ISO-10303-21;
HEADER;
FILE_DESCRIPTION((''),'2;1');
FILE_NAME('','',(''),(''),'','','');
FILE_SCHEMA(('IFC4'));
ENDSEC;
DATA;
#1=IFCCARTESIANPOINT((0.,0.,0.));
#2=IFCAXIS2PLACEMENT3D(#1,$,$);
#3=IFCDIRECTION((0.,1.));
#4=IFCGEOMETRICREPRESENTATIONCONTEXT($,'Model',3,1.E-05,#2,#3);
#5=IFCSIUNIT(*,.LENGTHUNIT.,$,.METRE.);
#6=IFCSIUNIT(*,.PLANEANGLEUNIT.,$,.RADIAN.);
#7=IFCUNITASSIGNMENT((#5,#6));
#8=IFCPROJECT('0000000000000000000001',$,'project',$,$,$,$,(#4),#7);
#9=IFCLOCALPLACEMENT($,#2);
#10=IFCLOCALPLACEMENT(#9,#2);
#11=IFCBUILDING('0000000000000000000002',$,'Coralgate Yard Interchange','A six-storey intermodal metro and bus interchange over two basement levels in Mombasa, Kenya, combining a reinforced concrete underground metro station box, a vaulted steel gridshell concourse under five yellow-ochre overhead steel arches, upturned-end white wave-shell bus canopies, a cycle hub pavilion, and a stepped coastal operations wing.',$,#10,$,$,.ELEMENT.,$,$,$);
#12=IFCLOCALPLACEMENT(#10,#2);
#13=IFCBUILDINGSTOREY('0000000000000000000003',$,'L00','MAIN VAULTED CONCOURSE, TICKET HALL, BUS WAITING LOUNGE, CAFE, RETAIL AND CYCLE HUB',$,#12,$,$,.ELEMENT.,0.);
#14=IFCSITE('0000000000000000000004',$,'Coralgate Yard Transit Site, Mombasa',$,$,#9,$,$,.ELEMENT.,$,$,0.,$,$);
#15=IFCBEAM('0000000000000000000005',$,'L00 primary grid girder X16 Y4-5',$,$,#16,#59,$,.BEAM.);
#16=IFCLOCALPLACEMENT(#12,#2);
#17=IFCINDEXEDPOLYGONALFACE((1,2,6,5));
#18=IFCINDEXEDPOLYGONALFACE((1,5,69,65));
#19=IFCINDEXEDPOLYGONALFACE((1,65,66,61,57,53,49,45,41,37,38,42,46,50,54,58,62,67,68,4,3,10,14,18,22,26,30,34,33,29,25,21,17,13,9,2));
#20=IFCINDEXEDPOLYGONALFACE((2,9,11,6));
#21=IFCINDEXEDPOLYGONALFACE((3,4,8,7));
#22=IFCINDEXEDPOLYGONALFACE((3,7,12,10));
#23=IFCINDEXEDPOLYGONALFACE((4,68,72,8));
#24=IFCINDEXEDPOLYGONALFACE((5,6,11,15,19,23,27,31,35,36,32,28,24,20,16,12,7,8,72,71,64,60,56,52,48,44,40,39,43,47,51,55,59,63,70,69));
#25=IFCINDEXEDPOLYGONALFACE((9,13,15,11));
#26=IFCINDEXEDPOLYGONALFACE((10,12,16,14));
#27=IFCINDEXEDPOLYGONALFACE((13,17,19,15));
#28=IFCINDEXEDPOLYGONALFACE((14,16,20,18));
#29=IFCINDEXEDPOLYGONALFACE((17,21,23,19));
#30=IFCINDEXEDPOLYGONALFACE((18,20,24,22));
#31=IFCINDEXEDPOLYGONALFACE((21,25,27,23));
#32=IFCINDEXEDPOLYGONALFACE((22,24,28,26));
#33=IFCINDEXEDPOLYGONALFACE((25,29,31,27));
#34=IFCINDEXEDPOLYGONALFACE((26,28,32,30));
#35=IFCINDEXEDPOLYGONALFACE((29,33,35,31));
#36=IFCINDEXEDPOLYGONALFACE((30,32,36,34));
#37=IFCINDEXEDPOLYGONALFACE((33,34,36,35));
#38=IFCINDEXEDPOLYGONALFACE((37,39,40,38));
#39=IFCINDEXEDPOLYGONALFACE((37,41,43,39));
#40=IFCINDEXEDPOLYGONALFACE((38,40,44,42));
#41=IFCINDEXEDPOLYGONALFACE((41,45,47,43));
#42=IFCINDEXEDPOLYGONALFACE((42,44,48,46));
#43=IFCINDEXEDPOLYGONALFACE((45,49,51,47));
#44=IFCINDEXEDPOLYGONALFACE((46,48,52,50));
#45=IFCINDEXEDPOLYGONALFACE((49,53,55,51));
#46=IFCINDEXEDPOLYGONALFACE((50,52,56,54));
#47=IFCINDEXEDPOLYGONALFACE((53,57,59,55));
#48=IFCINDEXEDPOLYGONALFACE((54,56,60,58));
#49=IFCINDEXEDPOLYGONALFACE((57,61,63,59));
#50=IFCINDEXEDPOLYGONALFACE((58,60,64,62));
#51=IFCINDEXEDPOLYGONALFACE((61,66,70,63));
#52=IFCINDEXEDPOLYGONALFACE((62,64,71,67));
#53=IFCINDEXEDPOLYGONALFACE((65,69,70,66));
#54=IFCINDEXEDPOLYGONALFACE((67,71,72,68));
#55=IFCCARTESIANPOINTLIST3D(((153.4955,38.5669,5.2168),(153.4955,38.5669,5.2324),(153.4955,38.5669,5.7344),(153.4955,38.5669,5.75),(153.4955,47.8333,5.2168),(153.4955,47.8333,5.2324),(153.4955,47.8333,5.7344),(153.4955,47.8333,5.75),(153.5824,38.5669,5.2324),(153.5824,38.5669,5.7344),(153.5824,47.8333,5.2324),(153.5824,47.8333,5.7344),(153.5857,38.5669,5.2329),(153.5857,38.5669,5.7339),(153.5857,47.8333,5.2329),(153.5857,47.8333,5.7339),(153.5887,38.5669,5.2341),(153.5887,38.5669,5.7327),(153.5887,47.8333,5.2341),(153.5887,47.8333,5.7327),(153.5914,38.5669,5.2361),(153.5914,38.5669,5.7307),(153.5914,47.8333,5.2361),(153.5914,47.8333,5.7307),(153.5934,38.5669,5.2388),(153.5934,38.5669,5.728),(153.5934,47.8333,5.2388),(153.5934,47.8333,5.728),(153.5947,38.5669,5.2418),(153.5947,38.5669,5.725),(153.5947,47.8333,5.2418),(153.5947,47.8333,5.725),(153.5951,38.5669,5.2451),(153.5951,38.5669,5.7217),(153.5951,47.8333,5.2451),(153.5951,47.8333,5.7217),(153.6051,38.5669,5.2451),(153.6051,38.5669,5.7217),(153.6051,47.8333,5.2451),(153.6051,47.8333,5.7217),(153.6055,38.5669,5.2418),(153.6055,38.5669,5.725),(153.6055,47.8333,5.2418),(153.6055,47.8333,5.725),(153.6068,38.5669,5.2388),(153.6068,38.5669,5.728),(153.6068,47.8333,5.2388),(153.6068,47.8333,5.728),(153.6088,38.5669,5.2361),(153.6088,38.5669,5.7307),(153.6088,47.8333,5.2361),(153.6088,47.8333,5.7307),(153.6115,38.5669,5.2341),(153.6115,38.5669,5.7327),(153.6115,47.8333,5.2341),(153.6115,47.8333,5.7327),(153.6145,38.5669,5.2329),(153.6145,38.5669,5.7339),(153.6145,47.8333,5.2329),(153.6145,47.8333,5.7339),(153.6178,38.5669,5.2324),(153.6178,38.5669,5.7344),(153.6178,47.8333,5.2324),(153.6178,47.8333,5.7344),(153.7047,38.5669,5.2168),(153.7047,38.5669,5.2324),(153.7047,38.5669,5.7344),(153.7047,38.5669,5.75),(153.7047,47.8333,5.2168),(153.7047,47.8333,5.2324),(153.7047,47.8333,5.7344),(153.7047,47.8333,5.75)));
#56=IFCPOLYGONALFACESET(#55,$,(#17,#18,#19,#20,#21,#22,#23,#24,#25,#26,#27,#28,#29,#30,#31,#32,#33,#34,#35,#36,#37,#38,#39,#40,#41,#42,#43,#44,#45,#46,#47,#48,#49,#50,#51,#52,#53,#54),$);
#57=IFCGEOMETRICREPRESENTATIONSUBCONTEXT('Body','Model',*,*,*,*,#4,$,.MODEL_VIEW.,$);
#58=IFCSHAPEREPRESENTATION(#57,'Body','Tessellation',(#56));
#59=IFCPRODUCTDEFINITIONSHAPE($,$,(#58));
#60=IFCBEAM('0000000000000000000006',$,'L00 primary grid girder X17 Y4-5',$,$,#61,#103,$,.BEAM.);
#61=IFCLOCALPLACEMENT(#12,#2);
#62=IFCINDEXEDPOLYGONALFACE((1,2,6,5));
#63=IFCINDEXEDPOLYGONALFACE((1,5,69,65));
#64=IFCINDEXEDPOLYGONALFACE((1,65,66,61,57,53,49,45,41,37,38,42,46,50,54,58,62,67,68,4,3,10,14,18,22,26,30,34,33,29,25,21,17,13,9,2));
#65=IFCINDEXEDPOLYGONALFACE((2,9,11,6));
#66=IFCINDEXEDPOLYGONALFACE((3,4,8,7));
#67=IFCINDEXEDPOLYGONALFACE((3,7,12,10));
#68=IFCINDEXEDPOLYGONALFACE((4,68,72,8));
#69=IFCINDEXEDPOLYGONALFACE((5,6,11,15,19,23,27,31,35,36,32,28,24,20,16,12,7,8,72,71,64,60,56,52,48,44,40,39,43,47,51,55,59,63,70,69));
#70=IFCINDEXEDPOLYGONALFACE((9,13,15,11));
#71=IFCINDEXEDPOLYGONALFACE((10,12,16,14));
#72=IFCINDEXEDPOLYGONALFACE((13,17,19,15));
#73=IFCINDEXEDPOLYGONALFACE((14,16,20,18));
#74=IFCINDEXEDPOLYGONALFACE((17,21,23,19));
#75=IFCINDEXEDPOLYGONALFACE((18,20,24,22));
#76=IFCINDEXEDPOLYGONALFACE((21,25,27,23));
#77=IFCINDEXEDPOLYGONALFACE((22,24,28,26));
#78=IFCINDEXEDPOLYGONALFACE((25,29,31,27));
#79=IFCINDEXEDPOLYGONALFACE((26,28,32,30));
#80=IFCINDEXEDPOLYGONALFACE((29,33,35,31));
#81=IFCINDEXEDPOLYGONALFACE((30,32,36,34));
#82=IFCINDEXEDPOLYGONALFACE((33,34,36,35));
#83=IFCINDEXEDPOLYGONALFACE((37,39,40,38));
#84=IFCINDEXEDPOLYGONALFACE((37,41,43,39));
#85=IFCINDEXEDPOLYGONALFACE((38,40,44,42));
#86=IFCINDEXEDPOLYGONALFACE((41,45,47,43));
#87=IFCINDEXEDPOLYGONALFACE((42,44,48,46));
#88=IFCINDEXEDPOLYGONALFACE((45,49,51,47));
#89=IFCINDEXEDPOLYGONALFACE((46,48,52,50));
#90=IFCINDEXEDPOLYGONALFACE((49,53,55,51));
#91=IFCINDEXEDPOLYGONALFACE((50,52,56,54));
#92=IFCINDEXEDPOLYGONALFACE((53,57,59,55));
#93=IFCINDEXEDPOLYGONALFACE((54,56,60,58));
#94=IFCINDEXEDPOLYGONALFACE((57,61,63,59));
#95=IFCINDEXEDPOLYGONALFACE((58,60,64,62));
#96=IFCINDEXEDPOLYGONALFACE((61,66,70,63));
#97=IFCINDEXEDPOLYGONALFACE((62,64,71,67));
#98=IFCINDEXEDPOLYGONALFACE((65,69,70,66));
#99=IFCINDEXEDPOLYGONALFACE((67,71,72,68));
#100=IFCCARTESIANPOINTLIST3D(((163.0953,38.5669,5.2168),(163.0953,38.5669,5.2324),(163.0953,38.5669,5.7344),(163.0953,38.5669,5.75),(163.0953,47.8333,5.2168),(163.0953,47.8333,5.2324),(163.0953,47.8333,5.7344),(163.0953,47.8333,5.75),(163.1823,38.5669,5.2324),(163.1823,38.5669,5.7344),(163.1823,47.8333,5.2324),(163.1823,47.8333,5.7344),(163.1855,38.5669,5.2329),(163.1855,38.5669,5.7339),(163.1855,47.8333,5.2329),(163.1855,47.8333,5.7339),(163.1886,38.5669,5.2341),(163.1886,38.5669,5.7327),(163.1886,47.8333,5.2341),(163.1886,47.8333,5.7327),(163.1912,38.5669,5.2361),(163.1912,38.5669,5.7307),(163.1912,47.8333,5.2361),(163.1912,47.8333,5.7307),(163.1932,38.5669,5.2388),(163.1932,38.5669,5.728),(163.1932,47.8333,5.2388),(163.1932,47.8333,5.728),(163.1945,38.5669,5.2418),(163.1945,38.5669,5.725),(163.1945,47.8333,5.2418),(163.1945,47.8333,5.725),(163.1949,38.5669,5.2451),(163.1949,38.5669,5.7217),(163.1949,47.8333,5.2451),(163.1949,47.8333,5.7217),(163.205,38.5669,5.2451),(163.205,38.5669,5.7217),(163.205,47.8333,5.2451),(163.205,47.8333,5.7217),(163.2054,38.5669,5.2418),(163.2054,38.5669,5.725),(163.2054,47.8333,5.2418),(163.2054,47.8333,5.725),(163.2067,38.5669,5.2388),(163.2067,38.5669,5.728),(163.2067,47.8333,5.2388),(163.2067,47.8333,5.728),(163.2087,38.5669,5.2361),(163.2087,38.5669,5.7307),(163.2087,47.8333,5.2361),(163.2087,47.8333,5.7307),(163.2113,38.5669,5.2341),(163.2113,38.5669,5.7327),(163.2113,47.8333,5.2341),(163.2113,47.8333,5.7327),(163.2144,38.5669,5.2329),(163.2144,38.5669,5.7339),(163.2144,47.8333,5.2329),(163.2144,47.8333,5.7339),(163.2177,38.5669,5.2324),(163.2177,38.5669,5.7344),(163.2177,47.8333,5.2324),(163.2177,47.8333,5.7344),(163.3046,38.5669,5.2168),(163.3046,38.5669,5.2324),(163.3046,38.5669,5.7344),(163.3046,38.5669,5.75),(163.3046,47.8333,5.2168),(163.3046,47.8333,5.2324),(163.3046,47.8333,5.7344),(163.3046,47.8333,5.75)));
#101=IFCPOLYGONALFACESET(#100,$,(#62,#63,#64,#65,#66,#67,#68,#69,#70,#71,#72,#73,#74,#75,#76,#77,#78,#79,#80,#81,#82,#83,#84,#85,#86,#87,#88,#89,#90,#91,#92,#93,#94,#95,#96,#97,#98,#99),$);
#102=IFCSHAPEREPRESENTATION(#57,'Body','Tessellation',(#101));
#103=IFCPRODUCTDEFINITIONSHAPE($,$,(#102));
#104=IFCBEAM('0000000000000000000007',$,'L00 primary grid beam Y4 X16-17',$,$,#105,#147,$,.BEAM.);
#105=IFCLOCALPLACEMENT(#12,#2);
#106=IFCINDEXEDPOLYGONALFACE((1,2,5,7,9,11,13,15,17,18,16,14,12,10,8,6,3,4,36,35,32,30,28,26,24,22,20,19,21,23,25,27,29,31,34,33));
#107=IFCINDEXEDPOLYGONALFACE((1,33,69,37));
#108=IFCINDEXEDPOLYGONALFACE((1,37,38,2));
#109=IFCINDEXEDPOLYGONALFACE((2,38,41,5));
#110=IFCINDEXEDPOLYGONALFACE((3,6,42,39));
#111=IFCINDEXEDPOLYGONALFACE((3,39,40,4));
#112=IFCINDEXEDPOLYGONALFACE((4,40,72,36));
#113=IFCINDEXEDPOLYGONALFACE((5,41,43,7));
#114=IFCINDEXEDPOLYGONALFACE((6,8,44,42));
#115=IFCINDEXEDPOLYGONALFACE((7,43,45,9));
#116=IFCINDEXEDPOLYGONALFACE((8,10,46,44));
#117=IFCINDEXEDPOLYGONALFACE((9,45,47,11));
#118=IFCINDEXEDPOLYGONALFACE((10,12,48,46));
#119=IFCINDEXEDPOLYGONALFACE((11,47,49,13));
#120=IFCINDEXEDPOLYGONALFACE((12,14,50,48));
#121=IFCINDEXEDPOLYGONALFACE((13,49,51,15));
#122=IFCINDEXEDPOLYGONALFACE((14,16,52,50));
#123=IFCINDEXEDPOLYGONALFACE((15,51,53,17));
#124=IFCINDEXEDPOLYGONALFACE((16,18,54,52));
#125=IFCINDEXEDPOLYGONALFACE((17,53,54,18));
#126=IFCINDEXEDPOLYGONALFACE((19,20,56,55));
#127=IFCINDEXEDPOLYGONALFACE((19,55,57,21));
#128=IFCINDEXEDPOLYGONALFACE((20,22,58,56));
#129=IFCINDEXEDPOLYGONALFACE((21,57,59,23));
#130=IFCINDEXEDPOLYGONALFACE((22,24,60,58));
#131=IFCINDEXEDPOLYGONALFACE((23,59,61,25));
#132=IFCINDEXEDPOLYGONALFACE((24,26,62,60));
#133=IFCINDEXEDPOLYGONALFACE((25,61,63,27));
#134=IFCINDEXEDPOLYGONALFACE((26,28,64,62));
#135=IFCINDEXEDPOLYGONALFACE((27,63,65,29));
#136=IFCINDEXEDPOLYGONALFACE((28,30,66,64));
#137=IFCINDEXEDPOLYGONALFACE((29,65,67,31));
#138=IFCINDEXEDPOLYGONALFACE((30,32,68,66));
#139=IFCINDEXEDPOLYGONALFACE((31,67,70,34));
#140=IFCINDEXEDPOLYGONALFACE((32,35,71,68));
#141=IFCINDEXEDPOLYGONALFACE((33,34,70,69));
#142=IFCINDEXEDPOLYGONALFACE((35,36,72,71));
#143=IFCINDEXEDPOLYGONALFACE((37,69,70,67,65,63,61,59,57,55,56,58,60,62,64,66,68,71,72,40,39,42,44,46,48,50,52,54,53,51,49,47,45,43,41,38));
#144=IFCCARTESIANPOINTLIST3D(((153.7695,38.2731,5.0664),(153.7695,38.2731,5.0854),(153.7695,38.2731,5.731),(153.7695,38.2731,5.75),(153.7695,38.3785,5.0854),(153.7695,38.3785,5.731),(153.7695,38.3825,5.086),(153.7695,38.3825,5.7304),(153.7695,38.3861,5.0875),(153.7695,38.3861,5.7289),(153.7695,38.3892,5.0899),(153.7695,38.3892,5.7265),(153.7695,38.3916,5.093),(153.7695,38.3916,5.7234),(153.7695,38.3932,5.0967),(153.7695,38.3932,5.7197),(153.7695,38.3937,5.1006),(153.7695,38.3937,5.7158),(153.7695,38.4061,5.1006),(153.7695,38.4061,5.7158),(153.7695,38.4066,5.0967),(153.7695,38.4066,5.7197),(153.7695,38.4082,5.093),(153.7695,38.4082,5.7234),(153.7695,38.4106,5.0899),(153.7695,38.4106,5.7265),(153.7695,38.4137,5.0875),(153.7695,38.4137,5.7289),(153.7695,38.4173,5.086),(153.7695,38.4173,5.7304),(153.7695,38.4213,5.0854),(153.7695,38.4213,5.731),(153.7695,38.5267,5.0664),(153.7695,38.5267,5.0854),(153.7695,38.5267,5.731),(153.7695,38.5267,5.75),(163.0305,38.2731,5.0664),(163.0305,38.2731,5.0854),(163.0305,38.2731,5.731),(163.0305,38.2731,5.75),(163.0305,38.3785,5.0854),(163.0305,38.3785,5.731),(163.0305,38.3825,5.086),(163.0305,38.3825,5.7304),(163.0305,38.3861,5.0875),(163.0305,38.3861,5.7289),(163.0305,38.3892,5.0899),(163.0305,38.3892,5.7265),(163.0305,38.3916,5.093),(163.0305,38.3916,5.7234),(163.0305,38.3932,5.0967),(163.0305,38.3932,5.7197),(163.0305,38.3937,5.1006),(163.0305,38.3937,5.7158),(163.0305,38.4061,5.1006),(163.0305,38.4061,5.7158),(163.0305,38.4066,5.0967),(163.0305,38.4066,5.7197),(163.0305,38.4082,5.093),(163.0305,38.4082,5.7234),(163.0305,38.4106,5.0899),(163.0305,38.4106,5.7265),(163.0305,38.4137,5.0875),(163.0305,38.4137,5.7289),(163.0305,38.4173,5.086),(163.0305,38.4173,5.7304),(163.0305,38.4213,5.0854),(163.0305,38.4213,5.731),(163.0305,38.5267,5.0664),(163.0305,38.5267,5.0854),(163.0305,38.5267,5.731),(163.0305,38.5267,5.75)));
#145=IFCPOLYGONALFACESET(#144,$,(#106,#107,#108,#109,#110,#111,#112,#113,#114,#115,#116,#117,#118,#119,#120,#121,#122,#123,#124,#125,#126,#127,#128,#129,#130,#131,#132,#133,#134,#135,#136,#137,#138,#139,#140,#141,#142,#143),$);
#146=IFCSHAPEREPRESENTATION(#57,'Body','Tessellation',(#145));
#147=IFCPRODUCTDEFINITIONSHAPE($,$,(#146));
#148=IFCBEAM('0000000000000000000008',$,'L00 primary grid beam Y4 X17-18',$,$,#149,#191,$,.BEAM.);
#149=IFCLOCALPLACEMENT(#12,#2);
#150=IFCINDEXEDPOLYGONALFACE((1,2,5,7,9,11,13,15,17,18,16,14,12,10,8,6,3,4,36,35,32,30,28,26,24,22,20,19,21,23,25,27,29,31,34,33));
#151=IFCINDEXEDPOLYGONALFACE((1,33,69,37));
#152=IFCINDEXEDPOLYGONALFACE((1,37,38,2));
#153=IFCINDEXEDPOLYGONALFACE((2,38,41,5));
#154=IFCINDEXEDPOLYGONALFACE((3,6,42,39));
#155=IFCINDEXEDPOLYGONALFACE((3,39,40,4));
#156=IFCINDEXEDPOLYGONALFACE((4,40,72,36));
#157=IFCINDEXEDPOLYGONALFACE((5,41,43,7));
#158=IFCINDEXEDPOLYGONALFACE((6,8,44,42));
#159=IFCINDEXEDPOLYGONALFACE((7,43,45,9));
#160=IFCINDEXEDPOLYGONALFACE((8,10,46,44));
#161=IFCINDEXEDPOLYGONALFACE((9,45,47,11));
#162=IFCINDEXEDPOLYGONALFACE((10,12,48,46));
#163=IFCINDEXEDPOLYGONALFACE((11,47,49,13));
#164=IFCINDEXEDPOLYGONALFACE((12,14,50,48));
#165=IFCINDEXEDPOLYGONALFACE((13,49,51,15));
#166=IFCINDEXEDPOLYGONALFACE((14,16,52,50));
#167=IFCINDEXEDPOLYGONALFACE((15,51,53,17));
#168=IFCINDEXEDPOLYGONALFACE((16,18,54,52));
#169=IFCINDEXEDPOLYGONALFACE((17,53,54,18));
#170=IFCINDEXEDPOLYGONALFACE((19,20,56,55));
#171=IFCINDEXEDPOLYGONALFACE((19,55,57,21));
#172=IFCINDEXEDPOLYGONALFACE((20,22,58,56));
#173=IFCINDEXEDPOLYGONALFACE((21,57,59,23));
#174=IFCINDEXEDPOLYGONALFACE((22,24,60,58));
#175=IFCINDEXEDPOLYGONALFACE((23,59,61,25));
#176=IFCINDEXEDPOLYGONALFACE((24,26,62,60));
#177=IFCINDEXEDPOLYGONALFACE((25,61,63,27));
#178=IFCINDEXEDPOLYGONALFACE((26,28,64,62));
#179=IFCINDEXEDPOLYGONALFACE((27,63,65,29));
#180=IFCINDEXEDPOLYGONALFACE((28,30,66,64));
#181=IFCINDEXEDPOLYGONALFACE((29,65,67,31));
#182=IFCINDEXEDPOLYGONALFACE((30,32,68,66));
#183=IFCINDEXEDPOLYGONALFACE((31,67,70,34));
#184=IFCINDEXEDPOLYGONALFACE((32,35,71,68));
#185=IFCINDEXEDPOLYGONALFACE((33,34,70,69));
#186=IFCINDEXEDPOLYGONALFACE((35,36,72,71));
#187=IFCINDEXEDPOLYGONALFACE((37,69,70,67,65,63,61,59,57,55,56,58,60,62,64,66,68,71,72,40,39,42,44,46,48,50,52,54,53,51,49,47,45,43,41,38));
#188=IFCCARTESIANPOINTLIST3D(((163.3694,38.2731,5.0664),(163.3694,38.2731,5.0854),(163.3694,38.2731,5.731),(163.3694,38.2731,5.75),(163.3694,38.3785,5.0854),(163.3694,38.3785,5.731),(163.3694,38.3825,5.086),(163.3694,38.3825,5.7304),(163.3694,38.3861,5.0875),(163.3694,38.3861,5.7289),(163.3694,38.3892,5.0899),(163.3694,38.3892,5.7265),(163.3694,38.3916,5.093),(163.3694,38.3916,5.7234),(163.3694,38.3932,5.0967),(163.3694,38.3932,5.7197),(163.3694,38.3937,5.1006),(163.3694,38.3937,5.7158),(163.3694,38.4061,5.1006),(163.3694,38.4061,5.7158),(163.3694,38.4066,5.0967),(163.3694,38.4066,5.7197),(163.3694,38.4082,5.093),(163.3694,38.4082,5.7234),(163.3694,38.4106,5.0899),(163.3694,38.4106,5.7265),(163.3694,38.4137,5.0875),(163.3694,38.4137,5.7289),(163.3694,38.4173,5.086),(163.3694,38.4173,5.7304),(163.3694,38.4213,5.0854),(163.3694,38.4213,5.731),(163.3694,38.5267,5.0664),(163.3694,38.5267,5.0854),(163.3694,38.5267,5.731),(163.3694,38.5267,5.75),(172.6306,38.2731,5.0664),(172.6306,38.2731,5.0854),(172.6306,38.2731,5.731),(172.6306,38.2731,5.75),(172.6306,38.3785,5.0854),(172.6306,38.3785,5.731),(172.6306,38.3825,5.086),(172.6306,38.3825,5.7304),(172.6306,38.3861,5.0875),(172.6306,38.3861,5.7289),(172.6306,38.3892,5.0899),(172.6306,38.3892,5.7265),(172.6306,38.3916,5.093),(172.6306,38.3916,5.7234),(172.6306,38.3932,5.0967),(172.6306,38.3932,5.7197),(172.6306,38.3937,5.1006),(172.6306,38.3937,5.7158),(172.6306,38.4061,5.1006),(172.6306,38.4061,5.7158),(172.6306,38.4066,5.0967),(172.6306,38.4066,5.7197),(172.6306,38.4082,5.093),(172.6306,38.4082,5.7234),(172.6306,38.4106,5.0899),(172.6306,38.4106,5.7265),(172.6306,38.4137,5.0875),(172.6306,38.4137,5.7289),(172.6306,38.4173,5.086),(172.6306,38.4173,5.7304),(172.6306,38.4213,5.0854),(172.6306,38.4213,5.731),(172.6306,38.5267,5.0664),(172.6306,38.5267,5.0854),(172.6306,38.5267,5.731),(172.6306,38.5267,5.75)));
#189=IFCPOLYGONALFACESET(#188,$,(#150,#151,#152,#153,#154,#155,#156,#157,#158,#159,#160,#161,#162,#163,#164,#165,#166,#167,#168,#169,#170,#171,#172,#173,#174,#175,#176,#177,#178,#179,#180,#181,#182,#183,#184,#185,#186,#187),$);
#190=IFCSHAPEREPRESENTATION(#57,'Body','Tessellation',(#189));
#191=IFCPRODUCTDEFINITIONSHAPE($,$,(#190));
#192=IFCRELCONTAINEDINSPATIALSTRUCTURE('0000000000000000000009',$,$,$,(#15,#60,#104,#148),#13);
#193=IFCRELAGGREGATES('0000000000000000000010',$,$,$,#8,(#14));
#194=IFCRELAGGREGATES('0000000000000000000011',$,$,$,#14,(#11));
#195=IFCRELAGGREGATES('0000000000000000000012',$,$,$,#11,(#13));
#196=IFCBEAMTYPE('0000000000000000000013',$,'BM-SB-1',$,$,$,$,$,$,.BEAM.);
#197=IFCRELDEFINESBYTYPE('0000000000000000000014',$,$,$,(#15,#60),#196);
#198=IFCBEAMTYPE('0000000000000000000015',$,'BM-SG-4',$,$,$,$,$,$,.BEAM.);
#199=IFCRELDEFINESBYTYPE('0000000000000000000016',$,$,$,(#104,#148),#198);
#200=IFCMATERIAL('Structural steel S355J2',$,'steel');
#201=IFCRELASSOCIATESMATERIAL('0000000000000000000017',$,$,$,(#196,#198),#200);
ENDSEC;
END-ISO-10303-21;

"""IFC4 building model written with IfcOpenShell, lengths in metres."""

from ifc_helpers import new_model, si_unit, direction, frame, origin, origin_2d, place, context, subcontext, project, spatial, i_section, extrude, material, material_profile, profile_set, type_object, element, save


model = new_model("IFC4")

# Units and contexts
model_context = context("Model", 3, precision=1e-05, world=origin(), true_north=direction((0.0, 1.0)))
body_context = subcontext(model_context, "Body", "Model", "MODEL_VIEW")
ifc_project = project(units=[si_unit("LENGTHUNIT", "METRE"), si_unit("PLANEANGLEUNIT", "RADIAN")], contexts=[model_context])

# Site, building, storey
site_placement = place(None, origin())
site = spatial("IfcSite", under=ifc_project, at=site_placement, Name="Coralgate Yard Transit Site, Mombasa", CompositionType="ELEMENT", RefElevation=0.0)
building_placement = place(site_placement, origin())
building = spatial("IfcBuilding", under=site, at=building_placement, Name="Coralgate Yard Interchange", Description="A six-storey intermodal metro and bus interchange over two basement levels in Mombasa, Kenya, combining a reinforced concrete underground metro station box, a vaulted steel gridshell concourse under five yellow-ochre overhead steel arches, upturned-end white wave-shell bus canopies, a cycle hub pavilion, and a stepped coastal operations wing.", CompositionType="ELEMENT")
storey_placement = place(building_placement, origin())
storey = spatial("IfcBuildingStorey", under=building, at=storey_placement, Name="L00", Description="MAIN VAULTED CONCOURSE, TICKET HALL, BUS WAITING LOUNGE, CAFE, RETAIL AND CYCLE HUB", CompositionType="ELEMENT", Elevation=0.0)

# Shared definitions
ifc_material_1 = material(Name="Structural steel S355J2", Category="steel")

# Beams
ifc_material_profile_1 = material_profile(ifc_material_1, i_section(OverallWidth=0.2092, OverallDepth=0.5332, WebThickness=0.01, FlangeThickness=0.0156, FilletRadius=0.0127, at=origin_2d()), Name="UB 533x210x92")
ifc_profile_set_1 = profile_set([ifc_material_profile_1], Name="Structural steel S355J2")
beam_type_1 = type_object("IfcBeamType", Name="BM-SB-1", PredefinedType="BEAM", material=ifc_profile_set_1)
for number, where, z_axis, x_axis, name in (
    (1, (153.6001, 38.5669, 5.4834), (0.0, 1.0, 0.0), (-1.0, 0.0, 0.0), "L00 primary grid girder X16 Y4-5"),
    (2, (163.2, 38.5669, 5.4834), (0.0, 1.0, 0.0), (-1.0, 0.0, 0.0), "L00 primary grid girder X17 Y4-5"),
):
    element("IfcBeam", number, at=place(storey_placement, frame(where, z_axis=z_axis, x_axis=x_axis)), inside=storey, type_object=beam_type_1, Name=name, PredefinedType="BEAM", context=body_context, shape_type="SweptSolid", body=[
        extrude(i_section(OverallWidth=0.2092, OverallDepth=0.5332, WebThickness=0.01, FlangeThickness=0.0156, FilletRadius=0.0127, at=origin_2d()), origin(), (0.0, 0.0, 1.0), 9.2664),
    ])
ifc_material_profile_2 = material_profile(ifc_material_1, i_section(OverallWidth=0.2537, OverallDepth=0.6836, WebThickness=0.0125, FlangeThickness=0.019, FilletRadius=0.0151, at=origin_2d()), Name="UB 686x254x140")
ifc_profile_set_2 = profile_set([ifc_material_profile_2], Name="Structural steel S355J2")
beam_type_2 = type_object("IfcBeamType", Name="BM-SG-4", PredefinedType="BEAM", material=ifc_profile_set_2)
beam_1_placement = place(storey_placement, frame((153.7695, 38.3999, 5.4082), z_axis=(1.0, 0.0, 0.0), x_axis=(0.0, 1.0, 0.0)))
element("IfcBeam", 3, at=beam_1_placement, inside=storey, type_object=beam_type_2, Name="L00 primary grid beam Y4 X16-17", PredefinedType="BEAM", context=body_context, shape_type="SweptSolid", body=[
    extrude(i_section(OverallWidth=0.2537, OverallDepth=0.6836, WebThickness=0.0125, FlangeThickness=0.019, FilletRadius=0.0151, at=origin_2d()), origin(), (0.0, 0.0, 1.0), 9.261),
])
beam_2_placement = place(storey_placement, frame((163.3694, 38.3999, 5.4082), z_axis=(1.0, 0.0, 0.0), x_axis=(0.0, 1.0, 0.0)))
element("IfcBeam", 4, at=beam_2_placement, inside=storey, type_object=beam_type_2, Name="L00 primary grid beam Y4 X17-18", PredefinedType="BEAM", context=body_context, shape_type="SweptSolid", body=[
    extrude(i_section(OverallWidth=0.2537, OverallDepth=0.6836, WebThickness=0.0125, FlangeThickness=0.019, FilletRadius=0.0151, at=origin_2d()), origin(), (0.0, 0.0, 1.0), 9.2612),
])

save(model, "model.ifc")
